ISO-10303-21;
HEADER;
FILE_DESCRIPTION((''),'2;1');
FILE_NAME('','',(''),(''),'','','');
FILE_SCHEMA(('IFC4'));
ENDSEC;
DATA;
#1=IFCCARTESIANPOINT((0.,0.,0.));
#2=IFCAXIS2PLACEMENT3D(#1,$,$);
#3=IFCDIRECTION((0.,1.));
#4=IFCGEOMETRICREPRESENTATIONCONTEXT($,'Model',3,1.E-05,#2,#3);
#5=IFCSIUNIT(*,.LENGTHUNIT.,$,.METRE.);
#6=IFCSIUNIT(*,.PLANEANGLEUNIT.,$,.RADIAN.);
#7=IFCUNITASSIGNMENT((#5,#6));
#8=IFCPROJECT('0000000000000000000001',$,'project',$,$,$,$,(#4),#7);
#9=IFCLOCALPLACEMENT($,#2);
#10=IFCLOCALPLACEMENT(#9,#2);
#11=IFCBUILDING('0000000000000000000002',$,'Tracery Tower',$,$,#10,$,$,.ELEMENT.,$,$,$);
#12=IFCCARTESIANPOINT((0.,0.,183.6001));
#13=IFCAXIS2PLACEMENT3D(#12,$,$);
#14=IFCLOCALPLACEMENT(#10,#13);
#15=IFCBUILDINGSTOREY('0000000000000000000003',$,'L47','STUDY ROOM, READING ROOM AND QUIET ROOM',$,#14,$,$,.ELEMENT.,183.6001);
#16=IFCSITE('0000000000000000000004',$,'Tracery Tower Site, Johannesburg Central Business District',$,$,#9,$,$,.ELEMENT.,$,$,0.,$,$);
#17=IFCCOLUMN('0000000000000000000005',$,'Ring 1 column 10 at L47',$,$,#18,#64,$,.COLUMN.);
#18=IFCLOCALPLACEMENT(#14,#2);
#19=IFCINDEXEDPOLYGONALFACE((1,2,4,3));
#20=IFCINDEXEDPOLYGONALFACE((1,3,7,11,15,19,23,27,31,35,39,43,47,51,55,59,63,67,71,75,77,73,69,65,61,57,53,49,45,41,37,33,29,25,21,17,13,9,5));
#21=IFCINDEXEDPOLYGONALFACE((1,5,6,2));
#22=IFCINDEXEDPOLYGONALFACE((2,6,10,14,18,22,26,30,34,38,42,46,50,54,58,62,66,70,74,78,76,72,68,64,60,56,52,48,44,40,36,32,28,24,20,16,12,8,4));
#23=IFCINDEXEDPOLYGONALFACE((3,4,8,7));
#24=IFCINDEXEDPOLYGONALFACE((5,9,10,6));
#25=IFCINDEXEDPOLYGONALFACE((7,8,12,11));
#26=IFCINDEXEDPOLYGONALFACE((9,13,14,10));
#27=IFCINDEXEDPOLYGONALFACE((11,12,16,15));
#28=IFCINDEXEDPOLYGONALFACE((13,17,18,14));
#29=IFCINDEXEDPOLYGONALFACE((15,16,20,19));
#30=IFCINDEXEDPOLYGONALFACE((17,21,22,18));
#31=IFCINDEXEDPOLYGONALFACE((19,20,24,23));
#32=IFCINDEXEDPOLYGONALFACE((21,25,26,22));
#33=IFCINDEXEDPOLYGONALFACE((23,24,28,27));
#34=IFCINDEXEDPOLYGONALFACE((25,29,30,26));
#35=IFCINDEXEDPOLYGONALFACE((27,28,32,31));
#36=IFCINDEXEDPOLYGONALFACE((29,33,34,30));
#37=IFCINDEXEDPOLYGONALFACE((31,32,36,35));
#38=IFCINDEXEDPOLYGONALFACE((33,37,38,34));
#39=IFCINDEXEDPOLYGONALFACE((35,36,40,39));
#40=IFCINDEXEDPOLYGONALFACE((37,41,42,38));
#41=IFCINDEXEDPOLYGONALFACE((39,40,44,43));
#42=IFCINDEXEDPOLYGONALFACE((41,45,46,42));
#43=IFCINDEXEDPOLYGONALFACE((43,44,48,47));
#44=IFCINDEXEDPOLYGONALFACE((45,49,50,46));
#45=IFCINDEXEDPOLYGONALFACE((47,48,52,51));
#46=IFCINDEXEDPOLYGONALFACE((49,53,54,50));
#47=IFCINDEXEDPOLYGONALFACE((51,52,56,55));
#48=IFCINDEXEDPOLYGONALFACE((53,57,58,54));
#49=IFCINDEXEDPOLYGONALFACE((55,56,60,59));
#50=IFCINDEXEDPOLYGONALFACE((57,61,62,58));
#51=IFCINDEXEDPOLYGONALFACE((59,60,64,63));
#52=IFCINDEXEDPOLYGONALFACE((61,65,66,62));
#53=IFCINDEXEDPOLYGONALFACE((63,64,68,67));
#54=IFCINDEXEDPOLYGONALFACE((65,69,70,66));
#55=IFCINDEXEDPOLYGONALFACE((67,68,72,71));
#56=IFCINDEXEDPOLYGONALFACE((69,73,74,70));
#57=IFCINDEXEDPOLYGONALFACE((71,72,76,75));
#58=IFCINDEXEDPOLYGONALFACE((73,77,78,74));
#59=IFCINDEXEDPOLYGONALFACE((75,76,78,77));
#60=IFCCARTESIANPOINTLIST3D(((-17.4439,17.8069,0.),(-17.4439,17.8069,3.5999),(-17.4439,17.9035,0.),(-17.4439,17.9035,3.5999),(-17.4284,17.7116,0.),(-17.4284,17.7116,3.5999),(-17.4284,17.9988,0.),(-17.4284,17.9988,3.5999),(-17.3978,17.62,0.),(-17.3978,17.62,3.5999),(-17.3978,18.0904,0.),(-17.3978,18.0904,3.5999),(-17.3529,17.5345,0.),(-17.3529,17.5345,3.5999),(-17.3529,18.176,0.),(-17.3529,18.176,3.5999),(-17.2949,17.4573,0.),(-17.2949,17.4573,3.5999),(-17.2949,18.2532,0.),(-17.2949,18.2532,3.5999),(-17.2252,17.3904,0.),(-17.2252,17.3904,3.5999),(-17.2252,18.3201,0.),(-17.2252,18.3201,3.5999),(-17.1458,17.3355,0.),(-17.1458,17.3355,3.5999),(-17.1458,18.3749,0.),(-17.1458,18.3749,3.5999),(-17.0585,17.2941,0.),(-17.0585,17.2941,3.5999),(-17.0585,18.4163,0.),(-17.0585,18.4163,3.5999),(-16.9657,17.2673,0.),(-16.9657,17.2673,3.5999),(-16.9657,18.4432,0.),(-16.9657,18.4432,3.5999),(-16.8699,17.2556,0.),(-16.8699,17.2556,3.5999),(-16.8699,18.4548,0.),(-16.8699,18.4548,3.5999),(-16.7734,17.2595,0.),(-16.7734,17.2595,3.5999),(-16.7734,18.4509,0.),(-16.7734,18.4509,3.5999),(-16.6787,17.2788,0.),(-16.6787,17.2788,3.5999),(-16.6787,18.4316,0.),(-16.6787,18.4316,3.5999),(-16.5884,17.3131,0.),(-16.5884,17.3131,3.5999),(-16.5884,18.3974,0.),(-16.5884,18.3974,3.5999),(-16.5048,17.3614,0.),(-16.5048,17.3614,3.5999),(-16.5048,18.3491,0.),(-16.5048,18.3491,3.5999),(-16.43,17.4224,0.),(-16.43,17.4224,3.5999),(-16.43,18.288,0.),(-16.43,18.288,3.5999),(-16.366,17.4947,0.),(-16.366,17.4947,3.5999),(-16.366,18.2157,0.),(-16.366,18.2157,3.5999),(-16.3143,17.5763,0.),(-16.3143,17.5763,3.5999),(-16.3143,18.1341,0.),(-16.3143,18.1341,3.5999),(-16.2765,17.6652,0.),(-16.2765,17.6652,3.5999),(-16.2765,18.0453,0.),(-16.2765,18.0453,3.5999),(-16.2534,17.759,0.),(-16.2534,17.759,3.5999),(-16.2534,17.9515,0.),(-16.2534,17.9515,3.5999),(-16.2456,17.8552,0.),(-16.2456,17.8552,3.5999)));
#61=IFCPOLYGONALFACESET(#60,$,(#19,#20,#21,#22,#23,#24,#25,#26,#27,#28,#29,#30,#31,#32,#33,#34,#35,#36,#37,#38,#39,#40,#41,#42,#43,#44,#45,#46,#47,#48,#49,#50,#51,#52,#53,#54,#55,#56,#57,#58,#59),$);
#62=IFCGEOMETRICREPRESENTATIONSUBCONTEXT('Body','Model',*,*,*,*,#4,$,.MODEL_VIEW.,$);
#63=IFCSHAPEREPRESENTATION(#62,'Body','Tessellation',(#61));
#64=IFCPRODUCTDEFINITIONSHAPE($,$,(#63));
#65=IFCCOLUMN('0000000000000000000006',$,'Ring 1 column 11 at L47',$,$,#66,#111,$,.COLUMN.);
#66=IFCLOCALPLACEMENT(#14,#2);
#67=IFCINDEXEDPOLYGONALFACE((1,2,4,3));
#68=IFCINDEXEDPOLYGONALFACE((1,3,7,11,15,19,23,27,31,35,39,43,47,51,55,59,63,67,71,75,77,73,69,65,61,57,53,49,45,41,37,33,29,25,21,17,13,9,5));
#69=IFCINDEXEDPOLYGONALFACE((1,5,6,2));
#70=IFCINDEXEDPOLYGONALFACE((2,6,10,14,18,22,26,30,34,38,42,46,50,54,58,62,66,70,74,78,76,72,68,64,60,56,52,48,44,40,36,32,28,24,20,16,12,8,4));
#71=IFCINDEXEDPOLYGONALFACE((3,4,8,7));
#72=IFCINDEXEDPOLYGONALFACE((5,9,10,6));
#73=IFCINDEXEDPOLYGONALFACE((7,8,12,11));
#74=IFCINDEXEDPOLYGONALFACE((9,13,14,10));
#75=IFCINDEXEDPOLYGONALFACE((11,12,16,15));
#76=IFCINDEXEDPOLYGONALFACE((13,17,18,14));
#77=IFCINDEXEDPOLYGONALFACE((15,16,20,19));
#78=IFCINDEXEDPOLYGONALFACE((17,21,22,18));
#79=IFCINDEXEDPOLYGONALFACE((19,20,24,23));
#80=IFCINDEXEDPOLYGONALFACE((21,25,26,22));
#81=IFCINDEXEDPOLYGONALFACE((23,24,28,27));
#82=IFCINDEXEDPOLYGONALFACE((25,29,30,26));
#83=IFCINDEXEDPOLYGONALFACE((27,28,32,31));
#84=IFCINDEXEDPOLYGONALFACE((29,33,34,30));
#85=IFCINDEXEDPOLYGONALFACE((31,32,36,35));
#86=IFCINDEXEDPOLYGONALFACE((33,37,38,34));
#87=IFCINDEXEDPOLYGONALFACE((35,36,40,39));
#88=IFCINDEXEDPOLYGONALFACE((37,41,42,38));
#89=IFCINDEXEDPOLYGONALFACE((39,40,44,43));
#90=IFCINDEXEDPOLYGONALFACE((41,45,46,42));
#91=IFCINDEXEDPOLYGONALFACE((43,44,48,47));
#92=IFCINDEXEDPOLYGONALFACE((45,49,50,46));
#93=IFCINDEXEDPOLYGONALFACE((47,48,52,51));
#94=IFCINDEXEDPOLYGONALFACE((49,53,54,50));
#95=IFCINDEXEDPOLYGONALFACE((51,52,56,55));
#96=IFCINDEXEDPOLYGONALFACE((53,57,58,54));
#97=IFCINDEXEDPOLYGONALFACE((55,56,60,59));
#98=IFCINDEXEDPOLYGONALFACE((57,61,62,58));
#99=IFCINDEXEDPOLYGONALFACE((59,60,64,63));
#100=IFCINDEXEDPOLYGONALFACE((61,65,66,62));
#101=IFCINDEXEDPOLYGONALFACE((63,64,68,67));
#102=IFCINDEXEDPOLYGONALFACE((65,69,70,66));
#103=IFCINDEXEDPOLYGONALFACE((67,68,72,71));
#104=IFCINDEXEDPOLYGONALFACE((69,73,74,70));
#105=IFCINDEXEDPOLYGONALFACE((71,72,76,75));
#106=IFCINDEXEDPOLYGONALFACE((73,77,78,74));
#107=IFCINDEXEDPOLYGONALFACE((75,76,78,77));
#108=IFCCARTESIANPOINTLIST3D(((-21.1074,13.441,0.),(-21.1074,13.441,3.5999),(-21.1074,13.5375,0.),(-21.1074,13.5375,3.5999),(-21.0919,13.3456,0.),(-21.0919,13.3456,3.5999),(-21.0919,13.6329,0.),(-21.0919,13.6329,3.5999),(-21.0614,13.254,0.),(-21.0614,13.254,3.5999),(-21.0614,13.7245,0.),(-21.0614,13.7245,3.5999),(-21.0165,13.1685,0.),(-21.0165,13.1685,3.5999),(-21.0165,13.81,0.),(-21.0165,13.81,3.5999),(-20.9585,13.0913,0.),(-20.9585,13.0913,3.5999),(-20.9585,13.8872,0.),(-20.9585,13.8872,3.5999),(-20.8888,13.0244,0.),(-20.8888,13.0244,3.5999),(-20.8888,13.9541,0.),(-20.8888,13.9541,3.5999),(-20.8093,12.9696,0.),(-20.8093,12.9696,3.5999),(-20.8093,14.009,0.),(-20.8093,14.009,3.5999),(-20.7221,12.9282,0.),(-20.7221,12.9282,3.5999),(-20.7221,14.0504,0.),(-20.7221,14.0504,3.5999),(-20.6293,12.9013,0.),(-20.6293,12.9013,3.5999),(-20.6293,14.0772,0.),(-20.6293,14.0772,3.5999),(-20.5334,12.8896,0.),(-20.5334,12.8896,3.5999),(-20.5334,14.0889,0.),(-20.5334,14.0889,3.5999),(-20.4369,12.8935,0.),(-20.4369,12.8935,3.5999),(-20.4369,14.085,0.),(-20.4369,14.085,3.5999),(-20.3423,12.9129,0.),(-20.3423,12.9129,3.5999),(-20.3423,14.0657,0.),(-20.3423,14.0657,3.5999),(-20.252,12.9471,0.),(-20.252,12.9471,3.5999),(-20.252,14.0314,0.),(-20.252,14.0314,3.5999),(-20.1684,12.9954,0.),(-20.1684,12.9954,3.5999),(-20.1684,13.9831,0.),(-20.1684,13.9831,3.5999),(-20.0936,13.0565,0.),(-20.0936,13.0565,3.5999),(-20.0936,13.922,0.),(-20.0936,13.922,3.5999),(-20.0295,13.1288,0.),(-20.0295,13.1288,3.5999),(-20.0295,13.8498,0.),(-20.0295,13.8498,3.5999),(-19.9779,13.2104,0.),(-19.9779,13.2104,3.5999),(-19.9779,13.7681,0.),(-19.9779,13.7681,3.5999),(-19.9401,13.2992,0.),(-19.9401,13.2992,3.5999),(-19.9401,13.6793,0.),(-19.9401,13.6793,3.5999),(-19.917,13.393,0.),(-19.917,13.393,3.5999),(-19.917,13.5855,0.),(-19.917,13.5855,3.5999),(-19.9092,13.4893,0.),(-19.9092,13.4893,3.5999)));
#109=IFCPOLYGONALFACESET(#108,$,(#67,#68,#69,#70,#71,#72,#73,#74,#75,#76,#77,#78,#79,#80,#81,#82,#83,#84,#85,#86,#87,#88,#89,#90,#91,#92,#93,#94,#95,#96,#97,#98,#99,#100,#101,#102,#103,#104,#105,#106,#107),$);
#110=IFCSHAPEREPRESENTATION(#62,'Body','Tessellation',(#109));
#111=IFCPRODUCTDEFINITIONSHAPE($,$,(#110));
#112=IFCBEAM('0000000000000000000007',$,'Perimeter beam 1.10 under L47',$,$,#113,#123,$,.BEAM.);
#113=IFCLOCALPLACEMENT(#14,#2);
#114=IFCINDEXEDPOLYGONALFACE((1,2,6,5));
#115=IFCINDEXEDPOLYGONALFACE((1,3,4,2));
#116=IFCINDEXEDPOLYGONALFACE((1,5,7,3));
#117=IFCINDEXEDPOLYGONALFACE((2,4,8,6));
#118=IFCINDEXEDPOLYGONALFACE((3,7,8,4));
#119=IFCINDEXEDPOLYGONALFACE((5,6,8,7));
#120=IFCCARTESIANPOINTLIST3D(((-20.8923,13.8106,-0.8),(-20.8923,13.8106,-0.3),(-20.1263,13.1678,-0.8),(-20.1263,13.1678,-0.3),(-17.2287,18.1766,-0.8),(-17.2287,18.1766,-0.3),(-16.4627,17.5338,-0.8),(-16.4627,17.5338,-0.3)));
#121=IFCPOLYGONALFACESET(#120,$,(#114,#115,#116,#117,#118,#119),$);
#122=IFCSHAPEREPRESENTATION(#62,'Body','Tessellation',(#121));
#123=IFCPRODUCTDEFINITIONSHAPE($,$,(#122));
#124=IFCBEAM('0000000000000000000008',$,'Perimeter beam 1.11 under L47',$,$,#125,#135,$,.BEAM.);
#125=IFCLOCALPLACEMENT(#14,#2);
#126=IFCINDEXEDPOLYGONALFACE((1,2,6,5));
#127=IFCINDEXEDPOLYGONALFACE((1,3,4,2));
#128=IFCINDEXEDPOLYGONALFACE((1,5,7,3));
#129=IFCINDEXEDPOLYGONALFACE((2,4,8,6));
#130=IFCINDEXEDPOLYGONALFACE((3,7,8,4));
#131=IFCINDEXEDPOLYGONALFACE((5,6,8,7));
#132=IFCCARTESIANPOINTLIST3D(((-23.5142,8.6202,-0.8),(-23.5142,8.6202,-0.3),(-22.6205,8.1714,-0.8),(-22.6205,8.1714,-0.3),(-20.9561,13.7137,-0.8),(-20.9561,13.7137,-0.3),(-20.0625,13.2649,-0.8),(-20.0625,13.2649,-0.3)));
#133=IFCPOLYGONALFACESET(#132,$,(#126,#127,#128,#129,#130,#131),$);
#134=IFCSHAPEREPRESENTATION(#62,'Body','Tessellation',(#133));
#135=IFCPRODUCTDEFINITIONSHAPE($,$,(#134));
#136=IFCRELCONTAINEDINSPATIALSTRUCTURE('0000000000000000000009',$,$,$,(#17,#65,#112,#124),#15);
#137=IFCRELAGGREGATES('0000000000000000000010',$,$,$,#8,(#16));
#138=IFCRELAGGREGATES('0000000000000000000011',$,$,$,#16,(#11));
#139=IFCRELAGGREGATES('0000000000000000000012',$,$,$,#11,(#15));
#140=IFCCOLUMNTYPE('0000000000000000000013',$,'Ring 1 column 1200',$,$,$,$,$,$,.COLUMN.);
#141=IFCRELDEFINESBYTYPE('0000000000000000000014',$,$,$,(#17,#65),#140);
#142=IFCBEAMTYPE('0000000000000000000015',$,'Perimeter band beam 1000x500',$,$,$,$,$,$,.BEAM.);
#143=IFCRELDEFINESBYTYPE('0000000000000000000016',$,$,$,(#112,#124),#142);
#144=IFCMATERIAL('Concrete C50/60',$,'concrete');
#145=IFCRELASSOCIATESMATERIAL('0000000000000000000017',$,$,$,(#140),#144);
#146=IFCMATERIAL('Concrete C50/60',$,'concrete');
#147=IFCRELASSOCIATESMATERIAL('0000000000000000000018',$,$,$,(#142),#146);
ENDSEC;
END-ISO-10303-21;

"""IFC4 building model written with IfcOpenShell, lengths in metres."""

from ifc_helpers import new_model, si_unit, direction, frame, origin, origin_2d, place, context, subcontext, project, spatial, rectangle, circle, extrude, material, material_profile, profile_set, type_object, element, save


model = new_model("IFC4")

# Units and contexts
model_context = context("Model", 3, precision=1e-05, world=origin(), true_north=direction((0.0, 1.0)))
body_context = subcontext(model_context, "Body", "Model", "MODEL_VIEW")
ifc_project = project(units=[si_unit("LENGTHUNIT", "METRE"), si_unit("PLANEANGLEUNIT", "RADIAN")], contexts=[model_context])

# Site, building, storey
site_placement = place(None, origin())
site = spatial("IfcSite", under=ifc_project, at=site_placement, Name="Tracery Tower Site, Johannesburg Central Business District", CompositionType="ELEMENT", RefElevation=0.0)
building_placement = place(site_placement, origin())
building = spatial("IfcBuilding", under=site, at=building_placement, Name="Tracery Tower", CompositionType="ELEMENT")
storey_placement = place(building_placement, frame((0.0, 0.0, 183.6001)))
storey = spatial("IfcBuildingStorey", under=building, at=storey_placement, Name="L47", Description="STUDY ROOM, READING ROOM AND QUIET ROOM", CompositionType="ELEMENT", Elevation=183.6001)

# Columns
ifc_material_1 = material(Name="Concrete C50/60", Category="concrete")
ifc_material_profile_1 = material_profile(ifc_material_1, circle(Radius=0.6001, at=origin_2d()), Name="RC D1200")
ifc_profile_set_1 = profile_set([ifc_material_profile_1], Name="Concrete C50/60")
column_type = type_object("IfcColumnType", Name="Ring 1 column 1200", PredefinedType="COLUMN", material=ifc_profile_set_1)
for number, where, z_axis, x_axis, name in (
    (1, (-16.8457, 17.8552, 0.0), (0.0, 0.0, 1.0), (1.0, 0.0, 0.0), "Ring 1 column 10 at L47"),
    (2, (-20.5093, 13.4893, 0.0), (0.0, 0.0, 1.0), (1.0, 0.0, 0.0), "Ring 1 column 11 at L47"),
):
    element("IfcColumn", number, at=place(storey_placement, frame(where, z_axis=z_axis, x_axis=x_axis)), inside=storey, type_object=column_type, Name=name, PredefinedType="COLUMN", context=body_context, shape_type="SweptSolid", body=[
        extrude(circle(Radius=0.6001, at=origin_2d()), origin(), (0.0, 0.0, 1.0), 3.5999),
    ])

# Beams
ifc_material_2 = material(Name="Concrete C50/60", Category="concrete")
ifc_material_profile_2 = material_profile(ifc_material_2, rectangle(XDim=1.0, YDim=0.5, at=origin_2d()), Name="RC 1000x500")
ifc_profile_set_2 = profile_set([ifc_material_profile_2], Name="Concrete C50/60")
beam_type = type_object("IfcBeamType", Name="Perimeter band beam 1000x500", PredefinedType="BEAM", material=ifc_profile_set_2)
beam_1_placement = place(storey_placement, frame((-16.8457, 17.8552, -0.55), z_axis=(-0.642797, -0.766036, 0.0), x_axis=(0.766036, -0.642797, 0.0)))
element("IfcBeam", 3, at=beam_1_placement, inside=storey, type_object=beam_type, Name="Perimeter beam 1.10 under L47", PredefinedType="BEAM", context=body_context, shape_type="SweptSolid", body=[
    extrude(rectangle(XDim=1.0, YDim=0.5, at=origin_2d()), origin(), (0.0, 0.0, 1.0), 5.6995),
])
beam_2_placement = place(storey_placement, frame((-20.5093, 13.4893, -0.55), z_axis=(-0.448806, -0.893629, 0.0), x_axis=(0.893629, -0.448806, 0.0)))
element("IfcBeam", 4, at=beam_2_placement, inside=storey, type_object=beam_type, Name="Perimeter beam 1.11 under L47", PredefinedType="BEAM", context=body_context, shape_type="SweptSolid", body=[
    extrude(rectangle(XDim=1.0, YDim=0.5, at=origin_2d()), origin(), (0.0, 0.0, 1.0), 5.6997),
])

save(model, "model.ifc")
